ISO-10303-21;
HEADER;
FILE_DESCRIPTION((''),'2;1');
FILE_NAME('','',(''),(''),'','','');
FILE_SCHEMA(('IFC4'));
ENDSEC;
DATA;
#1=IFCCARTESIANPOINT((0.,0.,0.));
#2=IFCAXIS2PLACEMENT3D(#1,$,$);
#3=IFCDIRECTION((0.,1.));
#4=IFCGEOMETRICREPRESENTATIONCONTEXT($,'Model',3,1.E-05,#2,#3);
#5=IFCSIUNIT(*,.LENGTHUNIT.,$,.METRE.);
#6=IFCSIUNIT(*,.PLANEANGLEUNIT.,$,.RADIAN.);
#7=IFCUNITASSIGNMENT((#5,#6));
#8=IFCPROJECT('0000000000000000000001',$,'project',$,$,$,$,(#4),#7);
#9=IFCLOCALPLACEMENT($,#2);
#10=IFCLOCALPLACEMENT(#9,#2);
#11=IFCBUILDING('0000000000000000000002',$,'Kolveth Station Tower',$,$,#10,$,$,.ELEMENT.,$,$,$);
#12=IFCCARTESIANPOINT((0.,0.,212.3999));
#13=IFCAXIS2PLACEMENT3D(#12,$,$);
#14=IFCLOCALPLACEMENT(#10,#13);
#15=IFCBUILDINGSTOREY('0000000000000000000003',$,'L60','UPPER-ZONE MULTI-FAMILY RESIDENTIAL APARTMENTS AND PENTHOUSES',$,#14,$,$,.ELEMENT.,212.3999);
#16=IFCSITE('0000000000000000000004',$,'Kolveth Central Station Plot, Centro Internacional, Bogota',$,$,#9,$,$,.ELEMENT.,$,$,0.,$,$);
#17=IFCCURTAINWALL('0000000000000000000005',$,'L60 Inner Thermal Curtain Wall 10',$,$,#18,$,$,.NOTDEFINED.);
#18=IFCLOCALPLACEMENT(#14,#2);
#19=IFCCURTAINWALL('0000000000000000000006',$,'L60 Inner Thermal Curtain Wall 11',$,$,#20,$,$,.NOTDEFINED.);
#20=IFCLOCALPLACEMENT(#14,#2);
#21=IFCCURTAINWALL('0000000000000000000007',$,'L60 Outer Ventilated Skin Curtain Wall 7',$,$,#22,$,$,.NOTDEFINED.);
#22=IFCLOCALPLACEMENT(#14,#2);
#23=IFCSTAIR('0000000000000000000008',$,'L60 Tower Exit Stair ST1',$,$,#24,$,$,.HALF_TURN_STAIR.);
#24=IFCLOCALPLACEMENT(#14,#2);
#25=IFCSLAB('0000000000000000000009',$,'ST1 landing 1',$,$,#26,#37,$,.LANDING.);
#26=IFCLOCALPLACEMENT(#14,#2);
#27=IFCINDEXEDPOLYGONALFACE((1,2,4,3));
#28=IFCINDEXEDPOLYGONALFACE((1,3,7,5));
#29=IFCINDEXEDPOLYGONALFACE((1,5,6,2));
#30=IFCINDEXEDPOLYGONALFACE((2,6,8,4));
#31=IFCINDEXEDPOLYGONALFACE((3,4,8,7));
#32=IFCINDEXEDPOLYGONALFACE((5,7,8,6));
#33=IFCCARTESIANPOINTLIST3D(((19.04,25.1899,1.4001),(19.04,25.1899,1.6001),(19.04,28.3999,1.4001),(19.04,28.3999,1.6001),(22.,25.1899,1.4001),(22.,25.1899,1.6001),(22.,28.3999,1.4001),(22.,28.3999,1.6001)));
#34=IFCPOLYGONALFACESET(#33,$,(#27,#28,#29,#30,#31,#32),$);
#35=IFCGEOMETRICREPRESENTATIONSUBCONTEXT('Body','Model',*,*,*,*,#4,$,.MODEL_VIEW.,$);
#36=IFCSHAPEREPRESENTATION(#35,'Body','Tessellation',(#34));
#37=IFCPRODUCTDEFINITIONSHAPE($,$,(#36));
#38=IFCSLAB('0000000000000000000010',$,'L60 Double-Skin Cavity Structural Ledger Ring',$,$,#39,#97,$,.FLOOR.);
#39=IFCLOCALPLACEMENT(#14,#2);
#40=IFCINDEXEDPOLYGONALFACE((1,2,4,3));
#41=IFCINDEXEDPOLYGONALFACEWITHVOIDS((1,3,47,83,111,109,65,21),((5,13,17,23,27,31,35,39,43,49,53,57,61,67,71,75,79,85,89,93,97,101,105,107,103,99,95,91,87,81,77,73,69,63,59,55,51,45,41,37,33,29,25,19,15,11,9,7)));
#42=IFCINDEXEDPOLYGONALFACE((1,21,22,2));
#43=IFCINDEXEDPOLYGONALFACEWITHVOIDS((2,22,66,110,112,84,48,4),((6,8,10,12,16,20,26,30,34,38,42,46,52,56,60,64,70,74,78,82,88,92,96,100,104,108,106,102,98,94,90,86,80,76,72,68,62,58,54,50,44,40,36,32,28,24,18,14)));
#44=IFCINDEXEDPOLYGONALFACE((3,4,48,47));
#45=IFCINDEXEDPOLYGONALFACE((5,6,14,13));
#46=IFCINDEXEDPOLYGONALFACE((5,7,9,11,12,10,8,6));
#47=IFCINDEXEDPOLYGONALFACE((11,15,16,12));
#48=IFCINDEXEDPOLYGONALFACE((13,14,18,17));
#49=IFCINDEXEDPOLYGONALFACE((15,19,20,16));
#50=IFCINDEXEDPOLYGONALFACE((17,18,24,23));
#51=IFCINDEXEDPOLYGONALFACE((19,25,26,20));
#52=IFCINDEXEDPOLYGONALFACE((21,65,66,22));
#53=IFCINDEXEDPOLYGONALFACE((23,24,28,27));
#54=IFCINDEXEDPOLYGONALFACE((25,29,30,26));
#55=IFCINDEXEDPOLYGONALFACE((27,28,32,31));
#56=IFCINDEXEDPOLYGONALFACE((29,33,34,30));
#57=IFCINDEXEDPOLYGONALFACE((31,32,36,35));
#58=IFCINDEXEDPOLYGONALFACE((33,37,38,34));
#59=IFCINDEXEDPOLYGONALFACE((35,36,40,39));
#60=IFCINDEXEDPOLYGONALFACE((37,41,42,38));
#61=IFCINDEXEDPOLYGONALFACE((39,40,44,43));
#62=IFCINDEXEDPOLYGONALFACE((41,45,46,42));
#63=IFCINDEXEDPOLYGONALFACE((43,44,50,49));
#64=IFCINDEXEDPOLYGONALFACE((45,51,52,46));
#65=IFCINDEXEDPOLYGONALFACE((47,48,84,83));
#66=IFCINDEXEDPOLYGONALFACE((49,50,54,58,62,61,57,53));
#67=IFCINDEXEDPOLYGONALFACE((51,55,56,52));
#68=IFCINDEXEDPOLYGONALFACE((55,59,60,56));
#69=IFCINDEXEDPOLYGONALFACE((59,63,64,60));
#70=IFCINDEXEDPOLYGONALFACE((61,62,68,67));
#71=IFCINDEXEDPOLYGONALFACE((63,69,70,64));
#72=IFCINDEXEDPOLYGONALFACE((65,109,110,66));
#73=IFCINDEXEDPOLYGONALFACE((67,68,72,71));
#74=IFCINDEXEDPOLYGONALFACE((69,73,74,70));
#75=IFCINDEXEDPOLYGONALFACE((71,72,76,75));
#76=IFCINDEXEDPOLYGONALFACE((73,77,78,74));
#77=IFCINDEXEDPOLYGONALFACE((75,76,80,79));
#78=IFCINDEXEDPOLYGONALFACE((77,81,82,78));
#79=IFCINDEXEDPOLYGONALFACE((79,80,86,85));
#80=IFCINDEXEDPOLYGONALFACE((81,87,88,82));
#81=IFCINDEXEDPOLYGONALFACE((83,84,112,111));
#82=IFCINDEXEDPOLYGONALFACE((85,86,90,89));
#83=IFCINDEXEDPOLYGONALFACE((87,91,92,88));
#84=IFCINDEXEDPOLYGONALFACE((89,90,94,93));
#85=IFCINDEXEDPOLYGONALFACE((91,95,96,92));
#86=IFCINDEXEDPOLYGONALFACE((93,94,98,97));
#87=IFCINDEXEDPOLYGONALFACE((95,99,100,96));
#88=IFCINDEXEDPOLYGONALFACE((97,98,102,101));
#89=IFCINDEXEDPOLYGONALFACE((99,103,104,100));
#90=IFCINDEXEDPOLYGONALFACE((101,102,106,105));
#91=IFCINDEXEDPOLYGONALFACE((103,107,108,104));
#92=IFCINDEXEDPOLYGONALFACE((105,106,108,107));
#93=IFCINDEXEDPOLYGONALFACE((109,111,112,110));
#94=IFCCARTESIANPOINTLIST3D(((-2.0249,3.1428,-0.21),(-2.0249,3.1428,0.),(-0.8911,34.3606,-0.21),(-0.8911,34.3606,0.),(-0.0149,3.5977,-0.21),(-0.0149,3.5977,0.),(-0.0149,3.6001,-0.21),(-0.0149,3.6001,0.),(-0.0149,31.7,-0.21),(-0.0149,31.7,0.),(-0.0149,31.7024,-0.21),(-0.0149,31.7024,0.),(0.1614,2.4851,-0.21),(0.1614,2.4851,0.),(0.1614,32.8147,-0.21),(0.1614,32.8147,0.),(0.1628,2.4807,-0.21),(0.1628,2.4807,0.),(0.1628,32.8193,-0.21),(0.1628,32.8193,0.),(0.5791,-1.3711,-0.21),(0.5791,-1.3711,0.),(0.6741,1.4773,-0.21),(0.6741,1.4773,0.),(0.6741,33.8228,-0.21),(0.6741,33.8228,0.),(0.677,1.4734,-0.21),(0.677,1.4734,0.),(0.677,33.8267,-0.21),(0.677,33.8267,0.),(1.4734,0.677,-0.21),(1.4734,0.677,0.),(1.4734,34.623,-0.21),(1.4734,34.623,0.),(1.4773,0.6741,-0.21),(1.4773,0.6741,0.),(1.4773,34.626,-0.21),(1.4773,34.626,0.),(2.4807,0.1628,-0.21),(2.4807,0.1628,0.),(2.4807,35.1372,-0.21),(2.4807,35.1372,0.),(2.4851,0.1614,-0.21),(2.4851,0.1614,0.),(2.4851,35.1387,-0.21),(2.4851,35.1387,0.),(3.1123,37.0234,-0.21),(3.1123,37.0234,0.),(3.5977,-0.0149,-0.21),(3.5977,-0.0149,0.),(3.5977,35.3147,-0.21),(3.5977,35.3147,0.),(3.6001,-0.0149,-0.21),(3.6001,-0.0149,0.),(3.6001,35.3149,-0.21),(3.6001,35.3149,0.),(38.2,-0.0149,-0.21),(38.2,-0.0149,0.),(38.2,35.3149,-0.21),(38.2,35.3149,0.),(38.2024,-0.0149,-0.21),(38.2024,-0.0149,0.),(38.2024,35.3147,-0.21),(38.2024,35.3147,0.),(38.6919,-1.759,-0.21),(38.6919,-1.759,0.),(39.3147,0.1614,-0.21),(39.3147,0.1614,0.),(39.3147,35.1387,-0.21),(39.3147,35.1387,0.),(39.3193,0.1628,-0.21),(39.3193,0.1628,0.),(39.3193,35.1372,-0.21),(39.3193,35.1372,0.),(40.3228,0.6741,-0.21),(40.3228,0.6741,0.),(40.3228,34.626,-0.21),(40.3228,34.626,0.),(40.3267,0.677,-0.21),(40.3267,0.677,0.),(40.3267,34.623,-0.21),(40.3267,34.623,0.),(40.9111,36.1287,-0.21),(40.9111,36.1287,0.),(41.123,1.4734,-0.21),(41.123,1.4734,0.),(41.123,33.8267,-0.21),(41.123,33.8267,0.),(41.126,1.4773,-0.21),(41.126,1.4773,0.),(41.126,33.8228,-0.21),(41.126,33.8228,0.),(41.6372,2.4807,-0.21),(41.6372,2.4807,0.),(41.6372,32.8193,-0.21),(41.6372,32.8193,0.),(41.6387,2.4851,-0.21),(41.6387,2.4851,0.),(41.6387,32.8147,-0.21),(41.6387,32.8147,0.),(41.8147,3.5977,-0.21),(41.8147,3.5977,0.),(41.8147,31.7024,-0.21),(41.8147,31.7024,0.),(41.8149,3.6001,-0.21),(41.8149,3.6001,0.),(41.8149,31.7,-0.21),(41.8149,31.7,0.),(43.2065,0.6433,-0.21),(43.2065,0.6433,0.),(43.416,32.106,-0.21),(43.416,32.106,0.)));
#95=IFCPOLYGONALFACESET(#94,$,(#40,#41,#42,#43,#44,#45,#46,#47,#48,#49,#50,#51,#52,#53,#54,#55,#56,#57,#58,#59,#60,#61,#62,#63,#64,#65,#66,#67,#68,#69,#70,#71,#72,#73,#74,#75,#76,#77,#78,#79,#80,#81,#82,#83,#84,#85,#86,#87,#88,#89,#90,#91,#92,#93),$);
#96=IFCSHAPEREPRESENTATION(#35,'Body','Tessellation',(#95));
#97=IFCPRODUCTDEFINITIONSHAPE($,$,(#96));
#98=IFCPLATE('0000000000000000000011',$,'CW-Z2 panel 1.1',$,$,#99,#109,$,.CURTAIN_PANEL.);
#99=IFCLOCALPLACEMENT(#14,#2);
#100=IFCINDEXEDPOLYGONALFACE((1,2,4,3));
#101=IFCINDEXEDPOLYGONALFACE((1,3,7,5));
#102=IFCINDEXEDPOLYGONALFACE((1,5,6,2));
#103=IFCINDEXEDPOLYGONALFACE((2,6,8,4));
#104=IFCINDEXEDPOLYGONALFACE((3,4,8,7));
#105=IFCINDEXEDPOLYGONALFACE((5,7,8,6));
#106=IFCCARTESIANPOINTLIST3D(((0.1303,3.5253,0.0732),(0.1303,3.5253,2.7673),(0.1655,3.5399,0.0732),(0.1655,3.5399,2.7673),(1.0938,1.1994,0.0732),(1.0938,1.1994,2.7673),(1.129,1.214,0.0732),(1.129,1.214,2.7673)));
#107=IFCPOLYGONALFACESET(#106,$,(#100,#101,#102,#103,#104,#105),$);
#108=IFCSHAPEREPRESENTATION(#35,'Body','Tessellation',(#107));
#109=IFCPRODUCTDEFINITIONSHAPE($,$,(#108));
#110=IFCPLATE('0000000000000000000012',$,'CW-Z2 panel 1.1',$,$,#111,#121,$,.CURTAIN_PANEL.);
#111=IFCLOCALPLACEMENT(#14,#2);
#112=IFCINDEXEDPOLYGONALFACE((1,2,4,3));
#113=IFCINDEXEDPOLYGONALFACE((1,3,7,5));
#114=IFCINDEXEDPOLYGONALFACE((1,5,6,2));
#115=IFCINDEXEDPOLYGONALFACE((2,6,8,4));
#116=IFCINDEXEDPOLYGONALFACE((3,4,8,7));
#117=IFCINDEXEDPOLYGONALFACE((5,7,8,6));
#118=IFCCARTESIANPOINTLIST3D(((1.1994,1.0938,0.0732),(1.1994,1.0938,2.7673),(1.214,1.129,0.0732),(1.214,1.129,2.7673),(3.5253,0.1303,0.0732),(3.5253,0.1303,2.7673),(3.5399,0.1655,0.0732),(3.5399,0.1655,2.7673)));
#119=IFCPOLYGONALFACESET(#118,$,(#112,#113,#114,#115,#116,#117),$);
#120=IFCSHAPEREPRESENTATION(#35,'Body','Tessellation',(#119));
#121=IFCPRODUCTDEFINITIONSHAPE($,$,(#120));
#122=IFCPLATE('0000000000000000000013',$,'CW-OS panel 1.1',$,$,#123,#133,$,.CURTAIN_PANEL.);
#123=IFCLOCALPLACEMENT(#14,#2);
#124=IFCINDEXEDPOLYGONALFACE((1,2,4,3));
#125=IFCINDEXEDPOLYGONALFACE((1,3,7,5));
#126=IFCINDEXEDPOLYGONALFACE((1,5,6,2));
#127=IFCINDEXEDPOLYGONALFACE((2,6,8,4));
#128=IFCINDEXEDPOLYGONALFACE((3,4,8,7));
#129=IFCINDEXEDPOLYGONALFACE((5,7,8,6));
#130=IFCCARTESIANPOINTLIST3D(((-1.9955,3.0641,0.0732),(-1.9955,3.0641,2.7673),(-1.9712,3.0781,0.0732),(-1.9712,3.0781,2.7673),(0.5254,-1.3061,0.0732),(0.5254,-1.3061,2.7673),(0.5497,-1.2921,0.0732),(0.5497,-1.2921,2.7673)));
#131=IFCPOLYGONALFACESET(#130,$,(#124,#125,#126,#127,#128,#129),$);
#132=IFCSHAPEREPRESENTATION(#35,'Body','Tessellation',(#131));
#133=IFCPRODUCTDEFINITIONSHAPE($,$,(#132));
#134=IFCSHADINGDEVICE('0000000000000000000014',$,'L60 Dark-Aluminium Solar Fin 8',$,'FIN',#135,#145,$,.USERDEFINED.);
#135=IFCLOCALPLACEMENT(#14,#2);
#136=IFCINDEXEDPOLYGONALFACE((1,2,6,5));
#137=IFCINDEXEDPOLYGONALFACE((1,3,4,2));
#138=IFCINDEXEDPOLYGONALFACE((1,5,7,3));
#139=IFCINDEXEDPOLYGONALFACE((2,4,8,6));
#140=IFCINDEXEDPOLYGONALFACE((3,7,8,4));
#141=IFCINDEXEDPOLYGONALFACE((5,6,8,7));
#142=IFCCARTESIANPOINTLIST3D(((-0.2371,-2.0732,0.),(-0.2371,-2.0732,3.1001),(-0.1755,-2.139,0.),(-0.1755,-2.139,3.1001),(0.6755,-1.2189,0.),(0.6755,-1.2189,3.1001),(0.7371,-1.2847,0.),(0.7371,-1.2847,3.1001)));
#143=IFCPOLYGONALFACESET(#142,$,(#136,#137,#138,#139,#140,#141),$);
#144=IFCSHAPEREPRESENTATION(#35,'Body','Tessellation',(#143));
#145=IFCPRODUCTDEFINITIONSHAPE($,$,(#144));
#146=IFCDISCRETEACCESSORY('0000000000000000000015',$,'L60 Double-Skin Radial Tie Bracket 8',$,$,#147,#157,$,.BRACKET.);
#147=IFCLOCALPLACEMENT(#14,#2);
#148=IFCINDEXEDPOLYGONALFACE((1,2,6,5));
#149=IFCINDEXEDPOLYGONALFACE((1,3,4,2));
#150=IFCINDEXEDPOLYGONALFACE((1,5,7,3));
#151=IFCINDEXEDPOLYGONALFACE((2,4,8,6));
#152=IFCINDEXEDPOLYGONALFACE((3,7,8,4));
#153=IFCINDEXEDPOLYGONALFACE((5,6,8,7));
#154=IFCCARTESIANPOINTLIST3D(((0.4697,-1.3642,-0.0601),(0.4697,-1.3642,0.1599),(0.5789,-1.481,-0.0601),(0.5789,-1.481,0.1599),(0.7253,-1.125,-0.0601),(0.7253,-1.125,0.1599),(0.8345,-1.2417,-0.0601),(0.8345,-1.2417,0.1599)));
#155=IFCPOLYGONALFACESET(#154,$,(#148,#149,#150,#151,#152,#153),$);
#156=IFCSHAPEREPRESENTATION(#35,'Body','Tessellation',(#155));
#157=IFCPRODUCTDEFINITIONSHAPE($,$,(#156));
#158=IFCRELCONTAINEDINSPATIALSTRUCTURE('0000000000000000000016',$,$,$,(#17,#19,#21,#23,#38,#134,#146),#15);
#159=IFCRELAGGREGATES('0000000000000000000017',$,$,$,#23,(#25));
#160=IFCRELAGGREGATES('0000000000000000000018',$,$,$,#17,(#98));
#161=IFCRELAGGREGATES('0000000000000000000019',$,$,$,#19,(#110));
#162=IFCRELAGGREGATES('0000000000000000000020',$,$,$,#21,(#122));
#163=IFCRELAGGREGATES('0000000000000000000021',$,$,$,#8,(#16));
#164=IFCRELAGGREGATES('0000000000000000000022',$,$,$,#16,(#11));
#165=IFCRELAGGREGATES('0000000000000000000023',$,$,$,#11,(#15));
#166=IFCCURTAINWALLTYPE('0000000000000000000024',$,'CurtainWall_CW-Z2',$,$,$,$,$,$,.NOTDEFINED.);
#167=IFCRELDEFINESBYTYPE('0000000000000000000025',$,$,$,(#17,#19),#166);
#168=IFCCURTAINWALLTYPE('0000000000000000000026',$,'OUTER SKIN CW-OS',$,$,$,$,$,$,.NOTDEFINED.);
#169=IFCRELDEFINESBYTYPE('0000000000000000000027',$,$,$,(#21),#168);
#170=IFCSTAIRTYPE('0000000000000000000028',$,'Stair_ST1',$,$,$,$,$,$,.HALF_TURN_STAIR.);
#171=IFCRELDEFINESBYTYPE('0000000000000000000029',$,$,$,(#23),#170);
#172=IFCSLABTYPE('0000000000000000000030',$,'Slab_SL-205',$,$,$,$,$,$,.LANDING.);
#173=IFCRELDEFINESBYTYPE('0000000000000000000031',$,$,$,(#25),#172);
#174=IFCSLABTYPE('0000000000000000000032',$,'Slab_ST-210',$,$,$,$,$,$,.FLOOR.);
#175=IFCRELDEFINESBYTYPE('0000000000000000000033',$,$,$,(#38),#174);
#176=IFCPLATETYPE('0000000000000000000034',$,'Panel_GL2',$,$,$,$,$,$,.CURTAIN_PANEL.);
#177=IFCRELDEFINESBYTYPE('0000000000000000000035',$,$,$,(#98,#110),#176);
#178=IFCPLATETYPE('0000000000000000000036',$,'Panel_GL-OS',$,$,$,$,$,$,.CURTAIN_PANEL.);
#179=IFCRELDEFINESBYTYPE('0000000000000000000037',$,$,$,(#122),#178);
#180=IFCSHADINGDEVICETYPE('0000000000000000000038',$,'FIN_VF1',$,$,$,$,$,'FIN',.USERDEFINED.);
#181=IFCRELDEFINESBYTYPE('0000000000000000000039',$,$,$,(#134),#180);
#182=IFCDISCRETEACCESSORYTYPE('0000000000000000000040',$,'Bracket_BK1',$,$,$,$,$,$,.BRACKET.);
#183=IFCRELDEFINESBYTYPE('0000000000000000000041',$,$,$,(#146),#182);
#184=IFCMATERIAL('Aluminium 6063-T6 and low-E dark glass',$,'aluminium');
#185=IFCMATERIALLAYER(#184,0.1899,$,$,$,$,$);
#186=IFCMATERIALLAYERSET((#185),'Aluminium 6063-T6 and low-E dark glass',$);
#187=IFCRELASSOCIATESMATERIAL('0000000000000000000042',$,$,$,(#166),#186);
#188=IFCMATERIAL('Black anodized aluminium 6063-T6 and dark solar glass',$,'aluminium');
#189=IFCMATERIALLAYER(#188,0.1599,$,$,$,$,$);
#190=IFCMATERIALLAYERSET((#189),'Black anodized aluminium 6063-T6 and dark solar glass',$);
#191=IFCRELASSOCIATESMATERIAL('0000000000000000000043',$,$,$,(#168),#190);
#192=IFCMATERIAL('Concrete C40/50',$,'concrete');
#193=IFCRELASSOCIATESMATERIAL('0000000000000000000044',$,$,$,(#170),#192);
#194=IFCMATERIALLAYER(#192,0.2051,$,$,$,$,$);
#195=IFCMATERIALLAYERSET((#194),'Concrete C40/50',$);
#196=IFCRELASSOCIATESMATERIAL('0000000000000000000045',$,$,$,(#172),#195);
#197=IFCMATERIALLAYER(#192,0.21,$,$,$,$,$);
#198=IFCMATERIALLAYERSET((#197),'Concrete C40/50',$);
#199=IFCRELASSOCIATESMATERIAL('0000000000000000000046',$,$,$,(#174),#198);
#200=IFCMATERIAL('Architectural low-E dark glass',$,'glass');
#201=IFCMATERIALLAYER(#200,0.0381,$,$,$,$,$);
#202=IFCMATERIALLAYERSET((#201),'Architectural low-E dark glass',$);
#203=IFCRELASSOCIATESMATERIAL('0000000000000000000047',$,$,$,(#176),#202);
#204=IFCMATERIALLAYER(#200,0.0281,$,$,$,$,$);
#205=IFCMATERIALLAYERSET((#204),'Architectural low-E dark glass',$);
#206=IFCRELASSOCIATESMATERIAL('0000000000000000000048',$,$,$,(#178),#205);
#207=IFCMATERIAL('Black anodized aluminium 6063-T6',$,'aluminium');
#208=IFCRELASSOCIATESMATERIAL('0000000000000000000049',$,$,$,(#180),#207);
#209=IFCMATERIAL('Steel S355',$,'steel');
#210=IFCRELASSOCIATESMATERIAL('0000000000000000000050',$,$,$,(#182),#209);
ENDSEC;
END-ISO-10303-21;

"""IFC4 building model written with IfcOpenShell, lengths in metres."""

from ifc_helpers import new_model, si_unit, direction, frame, origin, origin_2d, place, context, subcontext, project, spatial, polyline, rectangle, outline, extrude, source, transform, mapped, material, layer, layer_set, type_object, element, aggregate, save


model = new_model("IFC4")

# Units and contexts
model_context = context("Model", 3, precision=1e-05, world=origin(), true_north=direction((0.0, 1.0)))
body_context = subcontext(model_context, "Body", "Model", "MODEL_VIEW")
ifc_project = project(units=[si_unit("LENGTHUNIT", "METRE"), si_unit("PLANEANGLEUNIT", "RADIAN")], contexts=[model_context])

# Site, building, storey
site_placement = place(None, origin())
site = spatial("IfcSite", under=ifc_project, at=site_placement, Name="Kolveth Central Station Plot, Centro Internacional, Bogota", CompositionType="ELEMENT", RefElevation=0.0)
building_placement = place(site_placement, origin())
building = spatial("IfcBuilding", under=site, at=building_placement, Name="Kolveth Station Tower", CompositionType="ELEMENT")
storey_placement = place(building_placement, frame((0.0, 0.0, 212.3999)))
storey = spatial("IfcBuildingStorey", under=building, at=storey_placement, Name="L60", Description="UPPER-ZONE MULTI-FAMILY RESIDENTIAL APARTMENTS AND PENTHOUSES", CompositionType="ELEMENT", Elevation=212.3999)

# Shared definitions
ifc_material_1 = material(Name="Steel S355", Category="steel")

# Curtain wall
ifc_material_2 = material(Name="Aluminium 6063-T6 and low-E dark glass", Category="aluminium")
ifc_layer_1 = layer(ifc_material_2, 0.1899)
ifc_layer_set_1 = layer_set([ifc_layer_1], Name="Aluminium 6063-T6 and low-E dark glass")
curtain_wall_type_1 = type_object("IfcCurtainWallType", Name="CurtainWall_CW-Z2", PredefinedType="NOTDEFINED", material=ifc_layer_set_1)
curtain_wall_1_placement = place(storey_placement, origin())
curtain_wall_1 = element("IfcCurtainWall", 1, at=curtain_wall_1_placement, inside=storey, type_object=curtain_wall_type_1, Name="L60 Inner Thermal Curtain Wall 10", PredefinedType="NOTDEFINED")
ifc_material_3 = material(Name="Black anodized aluminium 6063-T6", Category="aluminium")

# Curtain wall
curtain_wall_2_placement = place(storey_placement, origin())
curtain_wall_2 = element("IfcCurtainWall", 2, at=curtain_wall_2_placement, inside=storey, type_object=curtain_wall_type_1, Name="L60 Inner Thermal Curtain Wall 11", PredefinedType="NOTDEFINED")

# Curtain wall
ifc_material_4 = material(Name="Black anodized aluminium 6063-T6 and dark solar glass", Category="aluminium")
ifc_layer_2 = layer(ifc_material_4, 0.1599)
ifc_layer_set_2 = layer_set([ifc_layer_2], Name="Black anodized aluminium 6063-T6 and dark solar glass")
curtain_wall_type_2 = type_object("IfcCurtainWallType", Name="OUTER SKIN CW-OS", PredefinedType="NOTDEFINED", material=ifc_layer_set_2)
curtain_wall_3_placement = place(storey_placement, origin())
curtain_wall_3 = element("IfcCurtainWall", 3, at=curtain_wall_3_placement, inside=storey, type_object=curtain_wall_type_2, Name="L60 Outer Ventilated Skin Curtain Wall 7", PredefinedType="NOTDEFINED")

# Shared definitions
ifc_material_5 = material(Name="Concrete C40/50", Category="concrete")

# Stair, slab
stair_type_1 = type_object("IfcStairType", Name="Stair_ST1", PredefinedType="HALF_TURN_STAIR", material=ifc_material_5)
stair_1_placement = place(storey_placement, origin())
stair_1 = element("IfcStair", 4, at=stair_1_placement, inside=storey, type_object=stair_type_1, Name="L60 Tower Exit Stair ST1", PredefinedType="HALF_TURN_STAIR")
ifc_layer_3 = layer(ifc_material_5, 0.2051)
ifc_layer_set_3 = layer_set([ifc_layer_3], Name="Concrete C40/50")
slab_type_1 = type_object("IfcSlabType", Name="Slab_SL-205", PredefinedType="LANDING", material=ifc_layer_set_3)
slab_1_placement = place(storey_placement, frame((0.0, 0.0, 1.4001)))
slab_1 = element("IfcSlab", 5, at=slab_1_placement, type_object=slab_type_1, Name="ST1 landing 1", PredefinedType="LANDING", context=body_context, shape_type="SweptSolid", body=[
    extrude(outline(polyline([(22.0, 25.1899), (22.0, 28.3999), (19.04, 28.3999), (19.04, 25.1899), (22.0, 25.1899)])), origin(), (0.0, 0.0, 1.0), 0.2),
])
aggregate(stair_1, [slab_1])

# Slab
ifc_layer_4 = layer(ifc_material_5, 0.21)
ifc_layer_set_4 = layer_set([ifc_layer_4], Name="Concrete C40/50")
slab_type_2 = type_object("IfcSlabType", Name="Slab_ST-210", PredefinedType="FLOOR", material=ifc_layer_set_4)
slab_2_placement = place(storey_placement, frame((0.0, 0.0, -0.21)))
element("IfcSlab", 6, at=slab_2_placement, inside=storey, type_object=slab_type_2, Name="L60 Double-Skin Cavity Structural Ledger Ring", PredefinedType="FLOOR", context=body_context, shape_type="SweptSolid", body=[
    extrude(outline(polyline([(0.5791, -1.3711), (-2.0249, 3.1428), (-0.8911, 34.3606), (3.1123, 37.0234), (40.9111, 36.1287), (43.416, 32.106), (43.2065, 0.6433), (38.6919, -1.759), (0.5791, -1.3711)]), holes=[polyline([(38.2024, -0.0149), (39.3147, 0.1614), (39.3193, 0.1628), (40.3228, 0.6741), (40.3267, 0.677), (41.123, 1.4734), (41.126, 1.4773), (41.6372, 2.4807), (41.6387, 2.4851), (41.8147, 3.5977), (41.8149, 3.6001), (41.8149, 31.7), (41.8147, 31.7024), (41.6387, 32.8147), (41.6372, 32.8193), (41.126, 33.8228), (41.123, 33.8267), (40.3267, 34.623), (40.3228, 34.626), (39.3193, 35.1372), (39.3147, 35.1387), (38.2024, 35.3147), (38.2, 35.3149), (3.6001, 35.3149), (3.5977, 35.3147), (2.4851, 35.1387), (2.4807, 35.1372), (1.4773, 34.626), (1.4734, 34.623), (0.677, 33.8267), (0.6741, 33.8228), (0.1628, 32.8193), (0.1614, 32.8147), (-0.0149, 31.7024), (-0.0149, 31.7), (-0.0149, 3.6001), (-0.0149, 3.5977), (0.1614, 2.4851), (0.1628, 2.4807), (0.6741, 1.4773), (0.677, 1.4734), (1.4734, 0.677), (1.4773, 0.6741), (2.4807, 0.1628), (2.4851, 0.1614), (3.5977, -0.0149), (3.6001, -0.0149), (38.2, -0.0149), (38.2024, -0.0149)])]), origin(), (0.0, 0.0, 1.0), 0.21),
])

# Plates
ifc_material_6 = material(Name="Architectural low-E dark glass", Category="glass")
ifc_layer_5 = layer(ifc_material_6, 0.0381)
ifc_layer_set_5 = layer_set([ifc_layer_5], Name="Architectural low-E dark glass")
plate_type_1 = type_object("IfcPlateType", Name="Panel_GL2", PredefinedType="CURTAIN_PANEL", material=ifc_layer_set_5)
shared_shape_1 = source(origin(), body_context, "Body", "SweptSolid", [
    extrude(rectangle(XDim=2.5176, YDim=0.0381, at=origin_2d()), origin(), (0.0, 0.0, 1.0), 2.6941),
])
plate_1_placement = place(storey_placement, frame((0.6296, 2.3696, 0.0732), z_axis=(0.0, 0.0, 1.0), x_axis=(0.382698, -0.923874, 0.0)))
plate_1 = element("IfcPlate", 7, at=plate_1_placement, type_object=plate_type_1, Name="CW-Z2 panel 1.1", PredefinedType="CURTAIN_PANEL", context=body_context, shape_type="MappedRepresentation", body=[
    mapped(shared_shape_1, transform((0.0, 0.0, 0.0), x_axis=(1.0, 0.0, 0.0), y_axis=(0.0, 1.0, 0.0), z_axis=(0.0, 0.0, 1.0), scale=1.0)),
])
aggregate(curtain_wall_1, [plate_1])
plate_2_placement = place(storey_placement, frame((2.3696, 0.6296, 0.0732), z_axis=(0.0, 0.0, 1.0), x_axis=(0.923874, -0.382698, 0.0)))
plate_2 = element("IfcPlate", 8, at=plate_2_placement, type_object=plate_type_1, Name="CW-Z2 panel 1.1", PredefinedType="CURTAIN_PANEL", context=body_context, shape_type="MappedRepresentation", body=[
    mapped(shared_shape_1, transform((0.0, 0.0, 0.0), x_axis=(1.0, 0.0, 0.0), y_axis=(0.0, 1.0, 0.0), z_axis=(0.0, 0.0, 1.0), scale=1.0)),
])
aggregate(curtain_wall_2, [plate_2])
ifc_layer_6 = layer(ifc_material_6, 0.0281)
ifc_layer_set_6 = layer_set([ifc_layer_6], Name="Architectural low-E dark glass")
plate_type_2 = type_object("IfcPlateType", Name="Panel_GL-OS", PredefinedType="CURTAIN_PANEL", material=ifc_layer_set_6)
shared_shape_2 = source(origin(), body_context, "Body", "SweptSolid", [
    extrude(rectangle(XDim=5.0452, YDim=0.0281, at=origin_2d()), origin(), (0.0, 0.0, 1.0), 2.6941),
])
plate_3_placement = place(storey_placement, frame((-0.7229, 0.886, 0.0732), z_axis=(0.0, 0.0, 1.0), x_axis=(0.49966, -0.866221, 0.0)))
plate_3 = element("IfcPlate", 9, at=plate_3_placement, type_object=plate_type_2, Name="CW-OS panel 1.1", PredefinedType="CURTAIN_PANEL", context=body_context, shape_type="MappedRepresentation", body=[
    mapped(shared_shape_2, transform((0.0, 0.0, 0.0), x_axis=(1.0, 0.0, 0.0), y_axis=(0.0, 1.0, 0.0), z_axis=(0.0, 0.0, 1.0), scale=1.0)),
])
aggregate(curtain_wall_3, [plate_3])

# Shading device
shading_device_type = type_object("IfcShadingDeviceType", Name="FIN_VF1", ElementType="FIN", PredefinedType="USERDEFINED", material=ifc_material_3)
shared_shape_3 = source(origin(), body_context, "Body", "SweptSolid", [
    extrude(rectangle(XDim=1.25, YDim=0.0901, at=origin_2d()), origin(), (0.0, 0.0, 1.0), 3.1001),
])
shading_device_placement = place(storey_placement, frame((0.25, -1.679, 0.0), z_axis=(0.0, 0.0, 1.0), x_axis=(-0.730043, -0.683401, 0.0)))
element("IfcShadingDevice", 10, at=shading_device_placement, inside=storey, type_object=shading_device_type, Name="L60 Dark-Aluminium Solar Fin 8", ObjectType="FIN", PredefinedType="USERDEFINED", context=body_context, shape_type="MappedRepresentation", body=[
    mapped(shared_shape_3, transform((0.0, 0.0, 0.0), x_axis=(1.0, 0.0, 0.0), y_axis=(0.0, 1.0, 0.0), z_axis=(0.0, 0.0, 1.0), scale=1.0)),
])

# Discrete accessory
discrete_accessory_type = type_object("IfcDiscreteAccessoryType", Name="Bracket_BK1", PredefinedType="BRACKET", material=ifc_material_1)
shared_shape_4 = source(origin(), body_context, "Body", "SweptSolid", [
    extrude(rectangle(XDim=0.3501, YDim=0.1599, at=origin_2d()), origin(), (0.0, 0.0, 1.0), 0.22),
])
discrete_accessory_placement = place(storey_placement, frame((0.6521, -1.303, -0.0601), z_axis=(0.0, 0.0, 1.0), x_axis=(-0.730043, -0.683401, 0.0)))
element("IfcDiscreteAccessory", 11, at=discrete_accessory_placement, inside=storey, type_object=discrete_accessory_type, Name="L60 Double-Skin Radial Tie Bracket 8", PredefinedType="BRACKET", context=body_context, shape_type="MappedRepresentation", body=[
    mapped(shared_shape_4, transform((0.0, 0.0, 0.0), x_axis=(1.0, 0.0, 0.0), y_axis=(0.0, 1.0, 0.0), z_axis=(0.0, 0.0, 1.0), scale=1.0)),
])

save(model, "model.ifc")
